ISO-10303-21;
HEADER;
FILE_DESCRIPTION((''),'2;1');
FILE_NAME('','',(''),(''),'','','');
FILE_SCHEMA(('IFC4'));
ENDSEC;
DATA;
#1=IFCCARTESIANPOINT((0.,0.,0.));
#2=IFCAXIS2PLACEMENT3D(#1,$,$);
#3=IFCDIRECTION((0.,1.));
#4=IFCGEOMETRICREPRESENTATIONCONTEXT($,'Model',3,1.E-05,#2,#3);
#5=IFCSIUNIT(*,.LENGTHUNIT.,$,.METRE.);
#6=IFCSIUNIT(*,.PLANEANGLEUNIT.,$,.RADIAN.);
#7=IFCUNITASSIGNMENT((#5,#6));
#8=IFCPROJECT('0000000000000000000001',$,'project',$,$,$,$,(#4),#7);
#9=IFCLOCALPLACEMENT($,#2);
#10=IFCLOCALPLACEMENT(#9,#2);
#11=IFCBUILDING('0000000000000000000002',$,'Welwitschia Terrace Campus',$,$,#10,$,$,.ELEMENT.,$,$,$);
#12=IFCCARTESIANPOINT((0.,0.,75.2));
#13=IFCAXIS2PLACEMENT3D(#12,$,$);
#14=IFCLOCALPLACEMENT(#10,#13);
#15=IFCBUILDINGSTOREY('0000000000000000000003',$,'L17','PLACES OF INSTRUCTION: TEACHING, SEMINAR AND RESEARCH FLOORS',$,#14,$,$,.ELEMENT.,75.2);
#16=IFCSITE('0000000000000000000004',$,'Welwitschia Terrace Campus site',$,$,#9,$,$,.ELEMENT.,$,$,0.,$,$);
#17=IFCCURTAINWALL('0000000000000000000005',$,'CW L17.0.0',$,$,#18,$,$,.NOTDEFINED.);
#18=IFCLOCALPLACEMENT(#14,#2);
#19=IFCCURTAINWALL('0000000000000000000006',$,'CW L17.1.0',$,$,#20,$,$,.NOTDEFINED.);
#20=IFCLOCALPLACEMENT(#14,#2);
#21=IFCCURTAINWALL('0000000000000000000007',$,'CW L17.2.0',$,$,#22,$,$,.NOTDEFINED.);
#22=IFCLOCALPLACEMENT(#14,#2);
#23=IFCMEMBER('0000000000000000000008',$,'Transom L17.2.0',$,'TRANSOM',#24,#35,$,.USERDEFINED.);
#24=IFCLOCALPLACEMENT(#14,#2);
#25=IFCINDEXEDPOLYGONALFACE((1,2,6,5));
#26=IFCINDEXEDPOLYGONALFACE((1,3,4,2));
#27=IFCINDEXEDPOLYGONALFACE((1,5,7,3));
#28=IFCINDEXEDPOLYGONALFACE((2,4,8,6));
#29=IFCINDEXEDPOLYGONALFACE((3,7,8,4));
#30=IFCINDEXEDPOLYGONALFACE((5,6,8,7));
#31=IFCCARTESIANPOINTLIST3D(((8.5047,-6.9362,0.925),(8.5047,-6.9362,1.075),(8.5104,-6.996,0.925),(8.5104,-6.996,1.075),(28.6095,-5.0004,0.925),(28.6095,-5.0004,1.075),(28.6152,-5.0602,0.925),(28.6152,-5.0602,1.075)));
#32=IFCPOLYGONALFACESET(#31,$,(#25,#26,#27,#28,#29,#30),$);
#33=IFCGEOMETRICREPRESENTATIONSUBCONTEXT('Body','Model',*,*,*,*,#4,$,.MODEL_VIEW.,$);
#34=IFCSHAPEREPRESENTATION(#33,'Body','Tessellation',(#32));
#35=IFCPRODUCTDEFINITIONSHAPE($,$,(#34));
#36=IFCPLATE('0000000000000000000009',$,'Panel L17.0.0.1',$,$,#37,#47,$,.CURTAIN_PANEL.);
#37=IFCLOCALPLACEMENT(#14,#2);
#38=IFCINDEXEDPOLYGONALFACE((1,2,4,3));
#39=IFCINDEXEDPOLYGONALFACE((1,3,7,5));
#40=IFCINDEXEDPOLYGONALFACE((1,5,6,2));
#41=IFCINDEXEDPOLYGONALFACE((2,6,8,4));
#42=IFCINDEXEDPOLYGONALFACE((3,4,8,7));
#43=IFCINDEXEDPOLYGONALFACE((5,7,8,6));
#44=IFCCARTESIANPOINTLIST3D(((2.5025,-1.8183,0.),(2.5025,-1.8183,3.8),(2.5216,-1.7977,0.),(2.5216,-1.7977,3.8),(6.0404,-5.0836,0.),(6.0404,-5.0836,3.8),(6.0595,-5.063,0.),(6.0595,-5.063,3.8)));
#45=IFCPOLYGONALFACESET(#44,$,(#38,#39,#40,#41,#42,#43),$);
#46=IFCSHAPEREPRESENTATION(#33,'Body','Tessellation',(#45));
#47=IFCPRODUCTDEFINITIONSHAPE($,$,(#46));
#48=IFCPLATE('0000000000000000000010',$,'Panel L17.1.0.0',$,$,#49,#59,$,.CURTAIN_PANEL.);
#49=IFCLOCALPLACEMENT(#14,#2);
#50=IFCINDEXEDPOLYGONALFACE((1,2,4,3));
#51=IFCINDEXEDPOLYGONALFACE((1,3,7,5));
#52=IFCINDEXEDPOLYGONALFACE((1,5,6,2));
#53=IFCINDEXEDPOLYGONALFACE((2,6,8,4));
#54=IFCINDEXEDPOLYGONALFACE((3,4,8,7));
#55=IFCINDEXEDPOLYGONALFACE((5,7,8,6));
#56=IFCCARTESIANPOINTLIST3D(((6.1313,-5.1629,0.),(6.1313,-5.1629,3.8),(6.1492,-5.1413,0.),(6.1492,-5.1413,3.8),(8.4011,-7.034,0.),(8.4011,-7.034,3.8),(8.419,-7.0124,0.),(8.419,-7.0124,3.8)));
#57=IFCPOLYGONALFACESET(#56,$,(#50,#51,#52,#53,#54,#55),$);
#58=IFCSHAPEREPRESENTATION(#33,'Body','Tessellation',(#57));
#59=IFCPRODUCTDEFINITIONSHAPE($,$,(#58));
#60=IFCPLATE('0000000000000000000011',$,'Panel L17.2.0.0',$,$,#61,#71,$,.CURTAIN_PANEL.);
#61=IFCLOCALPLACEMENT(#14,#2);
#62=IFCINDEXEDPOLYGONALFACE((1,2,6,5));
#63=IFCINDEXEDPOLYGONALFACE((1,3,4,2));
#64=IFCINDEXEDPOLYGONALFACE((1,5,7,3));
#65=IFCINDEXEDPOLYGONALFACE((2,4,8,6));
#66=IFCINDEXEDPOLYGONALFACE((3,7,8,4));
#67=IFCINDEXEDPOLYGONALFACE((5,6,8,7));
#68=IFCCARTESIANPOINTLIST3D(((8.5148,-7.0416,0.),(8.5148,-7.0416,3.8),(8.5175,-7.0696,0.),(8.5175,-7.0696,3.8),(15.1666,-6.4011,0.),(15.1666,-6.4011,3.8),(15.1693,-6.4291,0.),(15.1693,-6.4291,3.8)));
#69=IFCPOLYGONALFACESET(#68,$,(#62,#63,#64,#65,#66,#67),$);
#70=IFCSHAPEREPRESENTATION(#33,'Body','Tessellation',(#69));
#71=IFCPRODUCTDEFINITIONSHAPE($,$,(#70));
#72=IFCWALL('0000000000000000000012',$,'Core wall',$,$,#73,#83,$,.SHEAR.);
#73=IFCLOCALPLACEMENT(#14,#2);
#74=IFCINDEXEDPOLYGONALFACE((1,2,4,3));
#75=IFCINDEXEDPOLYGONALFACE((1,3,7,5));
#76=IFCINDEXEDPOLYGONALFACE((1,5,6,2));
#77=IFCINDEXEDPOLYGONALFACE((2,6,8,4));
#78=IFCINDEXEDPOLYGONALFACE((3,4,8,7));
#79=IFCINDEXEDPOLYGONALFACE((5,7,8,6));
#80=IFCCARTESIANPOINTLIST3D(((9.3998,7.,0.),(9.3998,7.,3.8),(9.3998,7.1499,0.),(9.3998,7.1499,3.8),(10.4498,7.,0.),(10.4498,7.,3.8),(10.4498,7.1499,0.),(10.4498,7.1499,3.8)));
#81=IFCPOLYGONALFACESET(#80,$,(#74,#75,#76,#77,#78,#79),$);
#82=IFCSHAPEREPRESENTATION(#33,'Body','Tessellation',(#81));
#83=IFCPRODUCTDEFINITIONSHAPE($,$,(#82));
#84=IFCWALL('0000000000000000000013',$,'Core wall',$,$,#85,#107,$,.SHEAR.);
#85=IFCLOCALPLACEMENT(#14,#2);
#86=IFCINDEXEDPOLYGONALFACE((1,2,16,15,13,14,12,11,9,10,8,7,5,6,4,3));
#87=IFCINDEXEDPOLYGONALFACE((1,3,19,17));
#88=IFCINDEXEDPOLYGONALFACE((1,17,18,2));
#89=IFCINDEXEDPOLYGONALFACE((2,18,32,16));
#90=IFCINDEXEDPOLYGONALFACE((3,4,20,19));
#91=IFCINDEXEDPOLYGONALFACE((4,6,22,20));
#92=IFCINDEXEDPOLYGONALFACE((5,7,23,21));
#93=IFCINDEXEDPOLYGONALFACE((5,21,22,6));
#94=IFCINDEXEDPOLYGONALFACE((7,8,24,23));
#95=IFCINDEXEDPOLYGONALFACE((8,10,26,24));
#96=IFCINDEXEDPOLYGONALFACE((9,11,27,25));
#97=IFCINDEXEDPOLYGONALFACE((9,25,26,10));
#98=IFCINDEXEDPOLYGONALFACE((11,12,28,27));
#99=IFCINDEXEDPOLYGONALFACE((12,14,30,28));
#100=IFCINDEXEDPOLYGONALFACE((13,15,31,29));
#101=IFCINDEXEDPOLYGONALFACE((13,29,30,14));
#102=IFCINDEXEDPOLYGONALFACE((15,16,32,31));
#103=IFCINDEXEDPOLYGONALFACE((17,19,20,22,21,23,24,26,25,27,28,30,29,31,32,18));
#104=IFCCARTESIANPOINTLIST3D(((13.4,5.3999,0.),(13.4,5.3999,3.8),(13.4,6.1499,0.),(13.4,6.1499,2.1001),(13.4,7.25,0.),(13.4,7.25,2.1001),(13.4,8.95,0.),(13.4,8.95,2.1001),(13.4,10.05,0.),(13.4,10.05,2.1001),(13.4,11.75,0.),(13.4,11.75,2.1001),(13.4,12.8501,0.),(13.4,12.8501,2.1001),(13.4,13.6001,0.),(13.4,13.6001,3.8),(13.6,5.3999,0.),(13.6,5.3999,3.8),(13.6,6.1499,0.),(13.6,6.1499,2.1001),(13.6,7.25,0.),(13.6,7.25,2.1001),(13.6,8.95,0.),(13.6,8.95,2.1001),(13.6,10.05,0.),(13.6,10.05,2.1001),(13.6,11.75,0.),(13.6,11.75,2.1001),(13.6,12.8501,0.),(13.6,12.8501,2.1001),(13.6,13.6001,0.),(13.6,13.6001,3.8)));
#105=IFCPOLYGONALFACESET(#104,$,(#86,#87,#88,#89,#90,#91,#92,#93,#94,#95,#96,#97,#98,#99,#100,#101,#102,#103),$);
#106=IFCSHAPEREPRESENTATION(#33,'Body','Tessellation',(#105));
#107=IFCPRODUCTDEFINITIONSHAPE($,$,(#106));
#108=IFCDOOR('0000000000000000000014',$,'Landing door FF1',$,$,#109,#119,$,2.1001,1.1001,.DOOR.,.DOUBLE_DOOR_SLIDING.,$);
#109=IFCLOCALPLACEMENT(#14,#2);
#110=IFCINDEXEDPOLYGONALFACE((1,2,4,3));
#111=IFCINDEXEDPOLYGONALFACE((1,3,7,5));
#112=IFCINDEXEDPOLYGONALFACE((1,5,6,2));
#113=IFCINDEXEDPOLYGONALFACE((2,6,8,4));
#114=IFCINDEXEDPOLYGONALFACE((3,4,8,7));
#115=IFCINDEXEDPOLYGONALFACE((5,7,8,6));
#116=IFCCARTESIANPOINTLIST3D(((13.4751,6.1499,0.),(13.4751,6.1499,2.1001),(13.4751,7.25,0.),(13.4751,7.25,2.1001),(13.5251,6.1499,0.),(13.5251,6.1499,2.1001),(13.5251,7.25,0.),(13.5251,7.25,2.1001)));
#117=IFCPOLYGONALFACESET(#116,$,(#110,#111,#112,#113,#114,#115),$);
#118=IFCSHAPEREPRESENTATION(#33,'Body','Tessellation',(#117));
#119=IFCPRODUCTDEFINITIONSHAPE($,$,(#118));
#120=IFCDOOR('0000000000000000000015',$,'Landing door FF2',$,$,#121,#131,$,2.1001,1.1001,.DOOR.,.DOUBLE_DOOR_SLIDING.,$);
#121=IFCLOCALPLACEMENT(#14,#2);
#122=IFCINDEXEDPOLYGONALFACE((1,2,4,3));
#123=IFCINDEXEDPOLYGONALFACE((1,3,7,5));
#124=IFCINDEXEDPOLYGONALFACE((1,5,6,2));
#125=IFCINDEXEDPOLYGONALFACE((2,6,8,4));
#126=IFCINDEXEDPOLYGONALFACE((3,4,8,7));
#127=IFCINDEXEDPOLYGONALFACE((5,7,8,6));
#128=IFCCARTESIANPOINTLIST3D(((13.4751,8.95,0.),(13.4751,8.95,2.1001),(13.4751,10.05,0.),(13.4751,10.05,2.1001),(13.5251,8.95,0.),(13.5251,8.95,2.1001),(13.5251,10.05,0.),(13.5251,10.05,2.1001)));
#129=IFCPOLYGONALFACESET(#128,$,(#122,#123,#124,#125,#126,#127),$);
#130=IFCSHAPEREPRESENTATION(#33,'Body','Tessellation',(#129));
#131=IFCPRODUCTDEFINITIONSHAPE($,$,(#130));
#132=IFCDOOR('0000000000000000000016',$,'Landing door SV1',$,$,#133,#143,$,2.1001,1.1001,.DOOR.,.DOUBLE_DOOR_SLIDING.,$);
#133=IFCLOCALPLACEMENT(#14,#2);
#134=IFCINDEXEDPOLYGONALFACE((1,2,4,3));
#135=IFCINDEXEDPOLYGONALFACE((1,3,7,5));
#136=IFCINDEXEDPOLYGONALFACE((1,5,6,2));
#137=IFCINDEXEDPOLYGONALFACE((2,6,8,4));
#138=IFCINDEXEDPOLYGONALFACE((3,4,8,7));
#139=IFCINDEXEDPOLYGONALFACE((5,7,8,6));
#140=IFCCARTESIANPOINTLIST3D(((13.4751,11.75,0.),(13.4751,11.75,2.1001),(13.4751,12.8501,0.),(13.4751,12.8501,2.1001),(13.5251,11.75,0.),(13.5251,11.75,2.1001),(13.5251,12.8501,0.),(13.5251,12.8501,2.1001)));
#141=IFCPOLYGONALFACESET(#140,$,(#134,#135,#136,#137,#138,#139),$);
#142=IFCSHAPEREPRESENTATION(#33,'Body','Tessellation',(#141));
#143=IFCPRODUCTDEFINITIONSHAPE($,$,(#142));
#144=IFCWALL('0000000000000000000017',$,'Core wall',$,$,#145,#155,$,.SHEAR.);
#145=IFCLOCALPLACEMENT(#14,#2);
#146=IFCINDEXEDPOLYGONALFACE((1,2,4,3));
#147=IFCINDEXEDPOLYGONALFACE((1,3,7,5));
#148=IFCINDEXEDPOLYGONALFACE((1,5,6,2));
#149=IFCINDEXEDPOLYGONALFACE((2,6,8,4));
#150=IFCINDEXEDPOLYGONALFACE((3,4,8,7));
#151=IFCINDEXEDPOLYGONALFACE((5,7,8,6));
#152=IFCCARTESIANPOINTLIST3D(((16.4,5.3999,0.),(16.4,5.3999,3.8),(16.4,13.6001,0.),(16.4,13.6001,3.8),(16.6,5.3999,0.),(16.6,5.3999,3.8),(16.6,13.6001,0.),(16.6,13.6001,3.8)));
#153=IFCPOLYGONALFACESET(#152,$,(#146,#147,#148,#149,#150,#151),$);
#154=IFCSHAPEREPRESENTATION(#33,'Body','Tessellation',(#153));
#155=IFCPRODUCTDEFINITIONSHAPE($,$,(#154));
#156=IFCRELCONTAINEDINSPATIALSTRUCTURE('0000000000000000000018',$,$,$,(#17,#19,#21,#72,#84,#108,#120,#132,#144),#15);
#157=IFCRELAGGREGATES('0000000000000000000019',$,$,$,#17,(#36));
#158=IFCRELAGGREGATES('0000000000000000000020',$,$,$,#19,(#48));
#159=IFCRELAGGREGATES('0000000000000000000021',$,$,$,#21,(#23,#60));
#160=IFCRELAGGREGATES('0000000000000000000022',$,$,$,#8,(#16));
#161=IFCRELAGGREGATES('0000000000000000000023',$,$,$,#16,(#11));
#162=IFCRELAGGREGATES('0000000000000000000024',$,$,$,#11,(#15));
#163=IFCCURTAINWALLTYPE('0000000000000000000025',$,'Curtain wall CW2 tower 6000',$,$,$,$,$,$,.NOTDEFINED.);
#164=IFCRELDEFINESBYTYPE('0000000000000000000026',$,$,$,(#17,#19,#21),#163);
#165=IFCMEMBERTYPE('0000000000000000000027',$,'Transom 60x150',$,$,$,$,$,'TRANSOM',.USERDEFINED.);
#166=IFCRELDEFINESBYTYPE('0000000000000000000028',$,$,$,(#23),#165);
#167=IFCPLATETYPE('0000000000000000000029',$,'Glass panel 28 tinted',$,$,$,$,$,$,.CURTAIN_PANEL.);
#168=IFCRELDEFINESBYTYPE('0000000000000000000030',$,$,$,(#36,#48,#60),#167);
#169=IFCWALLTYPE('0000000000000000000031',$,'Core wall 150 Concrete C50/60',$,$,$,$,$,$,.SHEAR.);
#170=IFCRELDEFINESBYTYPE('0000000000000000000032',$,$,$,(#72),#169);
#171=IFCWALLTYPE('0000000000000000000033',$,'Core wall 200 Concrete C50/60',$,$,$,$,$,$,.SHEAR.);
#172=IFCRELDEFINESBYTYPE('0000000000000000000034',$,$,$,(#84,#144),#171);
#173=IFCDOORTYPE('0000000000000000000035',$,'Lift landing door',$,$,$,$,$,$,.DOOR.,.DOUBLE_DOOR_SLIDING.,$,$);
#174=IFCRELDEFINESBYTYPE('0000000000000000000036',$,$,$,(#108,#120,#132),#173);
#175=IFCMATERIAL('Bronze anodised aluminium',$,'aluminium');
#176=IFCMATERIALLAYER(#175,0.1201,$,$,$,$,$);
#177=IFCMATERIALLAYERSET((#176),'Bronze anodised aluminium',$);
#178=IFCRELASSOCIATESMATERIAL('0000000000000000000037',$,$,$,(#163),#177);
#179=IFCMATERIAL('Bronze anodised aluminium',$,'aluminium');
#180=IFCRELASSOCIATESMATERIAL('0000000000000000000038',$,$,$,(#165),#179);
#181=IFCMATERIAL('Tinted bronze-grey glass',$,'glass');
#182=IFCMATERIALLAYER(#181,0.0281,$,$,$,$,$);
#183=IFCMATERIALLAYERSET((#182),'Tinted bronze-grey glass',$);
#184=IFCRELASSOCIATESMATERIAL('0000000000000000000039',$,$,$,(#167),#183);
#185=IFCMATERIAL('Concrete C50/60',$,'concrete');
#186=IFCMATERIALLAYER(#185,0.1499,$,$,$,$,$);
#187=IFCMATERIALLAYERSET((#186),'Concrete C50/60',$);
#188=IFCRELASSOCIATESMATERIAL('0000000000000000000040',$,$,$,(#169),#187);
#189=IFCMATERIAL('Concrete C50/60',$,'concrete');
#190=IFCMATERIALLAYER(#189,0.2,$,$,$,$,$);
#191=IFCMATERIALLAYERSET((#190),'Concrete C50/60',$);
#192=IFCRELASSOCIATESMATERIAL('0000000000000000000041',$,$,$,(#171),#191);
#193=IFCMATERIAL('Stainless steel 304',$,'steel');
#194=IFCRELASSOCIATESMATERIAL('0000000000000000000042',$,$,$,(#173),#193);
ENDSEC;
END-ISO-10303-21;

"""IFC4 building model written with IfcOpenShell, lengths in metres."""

from ifc_helpers import new_model, si_unit, direction, frame, frame_2d, origin, origin_2d, place, context, subcontext, project, spatial, rectangle, extrude, material, layer, layer_set, material_profile, profile_set, type_object, element, fill, aggregate, save


model = new_model("IFC4")

# Units and contexts
model_context = context("Model", 3, precision=1e-05, world=origin(), true_north=direction((0.0, 1.0)))
body_context = subcontext(model_context, "Body", "Model", "MODEL_VIEW")
ifc_project = project(units=[si_unit("LENGTHUNIT", "METRE"), si_unit("PLANEANGLEUNIT", "RADIAN")], contexts=[model_context])

# Site, building, storey
site_placement = place(None, origin())
site = spatial("IfcSite", under=ifc_project, at=site_placement, Name="Welwitschia Terrace Campus site", CompositionType="ELEMENT", RefElevation=0.0)
building_placement = place(site_placement, origin())
building = spatial("IfcBuilding", under=site, at=building_placement, Name="Welwitschia Terrace Campus", CompositionType="ELEMENT")
storey_placement = place(building_placement, frame((0.0, 0.0, 75.2)))
storey = spatial("IfcBuildingStorey", under=building, at=storey_placement, Name="L17", Description="PLACES OF INSTRUCTION: TEACHING, SEMINAR AND RESEARCH FLOORS", CompositionType="ELEMENT", Elevation=75.2)

# Curtain wall
ifc_material_1 = material(Name="Bronze anodised aluminium", Category="aluminium")
ifc_layer_1 = layer(ifc_material_1, 0.1201)
ifc_layer_set_1 = layer_set([ifc_layer_1], Name="Bronze anodised aluminium")
curtain_wall_type = type_object("IfcCurtainWallType", Name="Curtain wall CW2 tower 6000", PredefinedType="NOTDEFINED", material=ifc_layer_set_1)
curtain_wall_1_placement = place(storey_placement, origin())
curtain_wall_1 = element("IfcCurtainWall", 1, at=curtain_wall_1_placement, inside=storey, type_object=curtain_wall_type, Name="CW L17.0.0", PredefinedType="NOTDEFINED")

# Curtain walls
curtain_wall_2_placement = place(storey_placement, origin())
curtain_wall_2 = element("IfcCurtainWall", 2, at=curtain_wall_2_placement, inside=storey, type_object=curtain_wall_type, Name="CW L17.1.0", PredefinedType="NOTDEFINED")
curtain_wall_3_placement = place(storey_placement, origin())
curtain_wall_3 = element("IfcCurtainWall", 3, at=curtain_wall_3_placement, inside=storey, type_object=curtain_wall_type, Name="CW L17.2.0", PredefinedType="NOTDEFINED")

# Member
ifc_material_2 = material(Name="Bronze anodised aluminium", Category="aluminium")
ifc_material_profile_1 = material_profile(ifc_material_2, rectangle(XDim=0.0601, YDim=0.1499, at=origin_2d()))
ifc_profile_set_1 = profile_set([ifc_material_profile_1], Name="Bronze anodised aluminium")
member_type_1 = type_object("IfcMemberType", Name="Transom 60x150", ElementType="TRANSOM", PredefinedType="USERDEFINED", material=ifc_profile_set_1)
member_1_placement = place(storey_placement, frame((8.5076, -6.9661, 1.0), z_axis=(0.995397, 0.095842, 0.0), x_axis=(-0.095842, 0.995397, 0.0)))
member_1 = element("IfcMember", 4, at=member_1_placement, type_object=member_type_1, Name="Transom L17.2.0", ObjectType="TRANSOM", PredefinedType="USERDEFINED", context=body_context, shape_type="SweptSolid", body=[
    extrude(rectangle(XDim=0.0601, YDim=0.1499, at=origin_2d()), origin(), (0.0, 0.0, 1.0), 20.1978),
])

# Plates
ifc_material_3 = material(Name="Tinted bronze-grey glass", Category="glass")
ifc_layer_2 = layer(ifc_material_3, 0.0281)
ifc_layer_set_2 = layer_set([ifc_layer_2], Name="Tinted bronze-grey glass")
plate_type = type_object("IfcPlateType", Name="Glass panel 28 tinted", PredefinedType="CURTAIN_PANEL", material=ifc_layer_set_2)
plate_1_placement = place(storey_placement, frame((4.281, -3.4407, 0.0), z_axis=(0.0, 0.0, 1.0), x_axis=(0.734854, -0.678225, 0.0)))
plate_1 = element("IfcPlate", 5, at=plate_1_placement, type_object=plate_type, Name="Panel L17.0.0.1", PredefinedType="CURTAIN_PANEL", context=body_context, shape_type="SweptSolid", body=[
    extrude(rectangle(XDim=4.8145, YDim=0.0281, at=origin_2d()), origin(), (0.0, 0.0, 1.0), 3.8),
])
aggregate(curtain_wall_1, [plate_1])
plate_2_placement = place(storey_placement, frame((7.2751, -6.0876, 0.0), z_axis=(0.0, 0.0, 1.0), x_axis=(0.771625, -0.636078, 0.0)))
plate_2 = element("IfcPlate", 6, at=plate_2_placement, type_object=plate_type, Name="Panel L17.1.0.0", PredefinedType="CURTAIN_PANEL", context=body_context, shape_type="SweptSolid", body=[
    extrude(rectangle(XDim=2.9417, YDim=0.0281, at=origin_2d()), origin(), (0.0, 0.0, 1.0), 3.8),
])
aggregate(curtain_wall_2, [plate_2])
plate_3_placement = place(storey_placement, frame((11.842, -6.7354, 0.0), z_axis=(0.0, 0.0, 1.0), x_axis=(0.995396, 0.095846, 0.0)))
plate_3 = element("IfcPlate", 7, at=plate_3_placement, type_object=plate_type, Name="Panel L17.2.0.0", PredefinedType="CURTAIN_PANEL", context=body_context, shape_type="SweptSolid", body=[
    extrude(rectangle(XDim=6.6826, YDim=0.0281, at=origin_2d()), origin(), (0.0, 0.0, 1.0), 3.8),
])
aggregate(curtain_wall_3, [member_1, plate_3])

# Wall
ifc_material_4 = material(Name="Concrete C50/60", Category="concrete")
ifc_layer_3 = layer(ifc_material_4, 0.1499)
ifc_layer_set_3 = layer_set([ifc_layer_3], Name="Concrete C50/60")
wall_type_1 = type_object("IfcWallType", Name="Core wall 150 Concrete C50/60", PredefinedType="SHEAR", material=ifc_layer_set_3)
wall_1_placement = place(storey_placement, frame((9.3999, 7.075, 0.0), z_axis=(0.0, 0.0, 1.0), x_axis=(1.0, 0.0, 0.0)))
element("IfcWall", 8, at=wall_1_placement, inside=storey, type_object=wall_type_1, Name="Core wall", PredefinedType="SHEAR", context=body_context, shape_type="SweptSolid", body=[
    extrude(rectangle(XDim=1.05, YDim=0.1499, at=frame_2d((0.5249, 0.0))), origin(), (0.0, 0.0, 1.0), 3.8),
])

# Wall, openings, doors
ifc_material_5 = material(Name="Concrete C50/60", Category="concrete")
ifc_layer_4 = layer(ifc_material_5, 0.2)
ifc_layer_set_4 = layer_set([ifc_layer_4], Name="Concrete C50/60")
wall_type_2 = type_object("IfcWallType", Name="Core wall 200 Concrete C50/60", PredefinedType="SHEAR", material=ifc_layer_set_4)
wall_2_placement = place(storey_placement, frame((13.5, 5.3999, 0.0), z_axis=(0.0, 0.0, 1.0), x_axis=(0.0, 1.0, 0.0)))
wall_2 = element("IfcWall", 9, at=wall_2_placement, inside=storey, type_object=wall_type_2, Name="Core wall", PredefinedType="SHEAR", context=body_context, shape_type="SweptSolid", body=[
    extrude(rectangle(XDim=8.2002, YDim=0.2, at=frame_2d((4.1001, 0.0))), origin(), (0.0, 0.0, 1.0), 3.8),
])
opening_1_placement = place(wall_2_placement, frame((0.75, 0.0, 0.0)))
opening_1 = element("IfcOpeningElement", 10, at=opening_1_placement, cuts=wall_2, PredefinedType="OPENING", context=body_context, shape_type="SweptSolid", body=[
    extrude(rectangle(XDim=1.1001, YDim=2.1001, at=frame_2d((0.55, 1.05))), frame((0.0, 0.1099, 0.0), z_axis=(0.0, -1.0, 0.0), x_axis=(1.0, 0.0, 0.0)), (0.0, 0.0, 1.0), 0.22),
])
opening_2_placement = place(wall_2_placement, frame((3.55, 0.0, 0.0)))
opening_2 = element("IfcOpeningElement", 11, at=opening_2_placement, cuts=wall_2, PredefinedType="OPENING", context=body_context, shape_type="SweptSolid", body=[
    extrude(rectangle(XDim=1.1001, YDim=2.1001, at=frame_2d((0.55, 1.05))), frame((0.0, 0.1099, 0.0), z_axis=(0.0, -1.0, 0.0), x_axis=(1.0, 0.0, 0.0)), (0.0, 0.0, 1.0), 0.22),
])
opening_3_placement = place(wall_2_placement, frame((6.3501, 0.0, 0.0)))
opening_3 = element("IfcOpeningElement", 12, at=opening_3_placement, cuts=wall_2, PredefinedType="OPENING", context=body_context, shape_type="SweptSolid", body=[
    extrude(rectangle(XDim=1.1001, YDim=2.1001, at=frame_2d((0.55, 1.05))), frame((0.0, 0.1099, 0.0), z_axis=(0.0, -1.0, 0.0), x_axis=(1.0, 0.0, 0.0)), (0.0, 0.0, 1.0), 0.22),
])
ifc_material_6 = material(Name="Stainless steel 304", Category="steel")
door_type_1 = type_object("IfcDoorType", Name="Lift landing door", OperationType="DOUBLE_DOOR_SLIDING", PredefinedType="DOOR", material=ifc_material_6)
door_1_placement = place(opening_1_placement, origin())
door_1 = element("IfcDoor", 13, at=door_1_placement, inside=storey, type_object=door_type_1, Name="Landing door FF1", OperationType="DOUBLE_DOOR_SLIDING", OverallHeight=2.1001, OverallWidth=1.1001, PredefinedType="DOOR", context=body_context, shape_type="SweptSolid", body=[
    extrude(rectangle(XDim=1.1001, YDim=2.1001, at=frame_2d((0.55, 1.05))), frame((0.0, 0.0249, 0.0), z_axis=(0.0, -1.0, 0.0), x_axis=(1.0, 0.0, 0.0)), (0.0, 0.0, 1.0), 0.05),
])
fill(opening_1, door_1)
door_2_placement = place(opening_2_placement, origin())
door_2 = element("IfcDoor", 14, at=door_2_placement, inside=storey, type_object=door_type_1, Name="Landing door FF2", OperationType="DOUBLE_DOOR_SLIDING", OverallHeight=2.1001, OverallWidth=1.1001, PredefinedType="DOOR", context=body_context, shape_type="SweptSolid", body=[
    extrude(rectangle(XDim=1.1001, YDim=2.1001, at=frame_2d((0.55, 1.05))), frame((0.0, 0.0249, 0.0), z_axis=(0.0, -1.0, 0.0), x_axis=(1.0, 0.0, 0.0)), (0.0, 0.0, 1.0), 0.05),
])
fill(opening_2, door_2)
door_3_placement = place(opening_3_placement, origin())
door_3 = element("IfcDoor", 15, at=door_3_placement, inside=storey, type_object=door_type_1, Name="Landing door SV1", OperationType="DOUBLE_DOOR_SLIDING", OverallHeight=2.1001, OverallWidth=1.1001, PredefinedType="DOOR", context=body_context, shape_type="SweptSolid", body=[
    extrude(rectangle(XDim=1.1001, YDim=2.1001, at=frame_2d((0.55, 1.05))), frame((0.0, 0.0249, 0.0), z_axis=(0.0, -1.0, 0.0), x_axis=(1.0, 0.0, 0.0)), (0.0, 0.0, 1.0), 0.05),
])
fill(opening_3, door_3)

# Wall
wall_3_placement = place(storey_placement, frame((16.5, 5.3999, 0.0), z_axis=(0.0, 0.0, 1.0), x_axis=(0.0, 1.0, 0.0)))
element("IfcWall", 16, at=wall_3_placement, inside=storey, type_object=wall_type_2, Name="Core wall", PredefinedType="SHEAR", context=body_context, shape_type="SweptSolid", body=[
    extrude(rectangle(XDim=8.2002, YDim=0.2, at=frame_2d((4.1001, 0.0))), origin(), (0.0, 0.0, 1.0), 3.8),
])

save(model, "model.ifc")
